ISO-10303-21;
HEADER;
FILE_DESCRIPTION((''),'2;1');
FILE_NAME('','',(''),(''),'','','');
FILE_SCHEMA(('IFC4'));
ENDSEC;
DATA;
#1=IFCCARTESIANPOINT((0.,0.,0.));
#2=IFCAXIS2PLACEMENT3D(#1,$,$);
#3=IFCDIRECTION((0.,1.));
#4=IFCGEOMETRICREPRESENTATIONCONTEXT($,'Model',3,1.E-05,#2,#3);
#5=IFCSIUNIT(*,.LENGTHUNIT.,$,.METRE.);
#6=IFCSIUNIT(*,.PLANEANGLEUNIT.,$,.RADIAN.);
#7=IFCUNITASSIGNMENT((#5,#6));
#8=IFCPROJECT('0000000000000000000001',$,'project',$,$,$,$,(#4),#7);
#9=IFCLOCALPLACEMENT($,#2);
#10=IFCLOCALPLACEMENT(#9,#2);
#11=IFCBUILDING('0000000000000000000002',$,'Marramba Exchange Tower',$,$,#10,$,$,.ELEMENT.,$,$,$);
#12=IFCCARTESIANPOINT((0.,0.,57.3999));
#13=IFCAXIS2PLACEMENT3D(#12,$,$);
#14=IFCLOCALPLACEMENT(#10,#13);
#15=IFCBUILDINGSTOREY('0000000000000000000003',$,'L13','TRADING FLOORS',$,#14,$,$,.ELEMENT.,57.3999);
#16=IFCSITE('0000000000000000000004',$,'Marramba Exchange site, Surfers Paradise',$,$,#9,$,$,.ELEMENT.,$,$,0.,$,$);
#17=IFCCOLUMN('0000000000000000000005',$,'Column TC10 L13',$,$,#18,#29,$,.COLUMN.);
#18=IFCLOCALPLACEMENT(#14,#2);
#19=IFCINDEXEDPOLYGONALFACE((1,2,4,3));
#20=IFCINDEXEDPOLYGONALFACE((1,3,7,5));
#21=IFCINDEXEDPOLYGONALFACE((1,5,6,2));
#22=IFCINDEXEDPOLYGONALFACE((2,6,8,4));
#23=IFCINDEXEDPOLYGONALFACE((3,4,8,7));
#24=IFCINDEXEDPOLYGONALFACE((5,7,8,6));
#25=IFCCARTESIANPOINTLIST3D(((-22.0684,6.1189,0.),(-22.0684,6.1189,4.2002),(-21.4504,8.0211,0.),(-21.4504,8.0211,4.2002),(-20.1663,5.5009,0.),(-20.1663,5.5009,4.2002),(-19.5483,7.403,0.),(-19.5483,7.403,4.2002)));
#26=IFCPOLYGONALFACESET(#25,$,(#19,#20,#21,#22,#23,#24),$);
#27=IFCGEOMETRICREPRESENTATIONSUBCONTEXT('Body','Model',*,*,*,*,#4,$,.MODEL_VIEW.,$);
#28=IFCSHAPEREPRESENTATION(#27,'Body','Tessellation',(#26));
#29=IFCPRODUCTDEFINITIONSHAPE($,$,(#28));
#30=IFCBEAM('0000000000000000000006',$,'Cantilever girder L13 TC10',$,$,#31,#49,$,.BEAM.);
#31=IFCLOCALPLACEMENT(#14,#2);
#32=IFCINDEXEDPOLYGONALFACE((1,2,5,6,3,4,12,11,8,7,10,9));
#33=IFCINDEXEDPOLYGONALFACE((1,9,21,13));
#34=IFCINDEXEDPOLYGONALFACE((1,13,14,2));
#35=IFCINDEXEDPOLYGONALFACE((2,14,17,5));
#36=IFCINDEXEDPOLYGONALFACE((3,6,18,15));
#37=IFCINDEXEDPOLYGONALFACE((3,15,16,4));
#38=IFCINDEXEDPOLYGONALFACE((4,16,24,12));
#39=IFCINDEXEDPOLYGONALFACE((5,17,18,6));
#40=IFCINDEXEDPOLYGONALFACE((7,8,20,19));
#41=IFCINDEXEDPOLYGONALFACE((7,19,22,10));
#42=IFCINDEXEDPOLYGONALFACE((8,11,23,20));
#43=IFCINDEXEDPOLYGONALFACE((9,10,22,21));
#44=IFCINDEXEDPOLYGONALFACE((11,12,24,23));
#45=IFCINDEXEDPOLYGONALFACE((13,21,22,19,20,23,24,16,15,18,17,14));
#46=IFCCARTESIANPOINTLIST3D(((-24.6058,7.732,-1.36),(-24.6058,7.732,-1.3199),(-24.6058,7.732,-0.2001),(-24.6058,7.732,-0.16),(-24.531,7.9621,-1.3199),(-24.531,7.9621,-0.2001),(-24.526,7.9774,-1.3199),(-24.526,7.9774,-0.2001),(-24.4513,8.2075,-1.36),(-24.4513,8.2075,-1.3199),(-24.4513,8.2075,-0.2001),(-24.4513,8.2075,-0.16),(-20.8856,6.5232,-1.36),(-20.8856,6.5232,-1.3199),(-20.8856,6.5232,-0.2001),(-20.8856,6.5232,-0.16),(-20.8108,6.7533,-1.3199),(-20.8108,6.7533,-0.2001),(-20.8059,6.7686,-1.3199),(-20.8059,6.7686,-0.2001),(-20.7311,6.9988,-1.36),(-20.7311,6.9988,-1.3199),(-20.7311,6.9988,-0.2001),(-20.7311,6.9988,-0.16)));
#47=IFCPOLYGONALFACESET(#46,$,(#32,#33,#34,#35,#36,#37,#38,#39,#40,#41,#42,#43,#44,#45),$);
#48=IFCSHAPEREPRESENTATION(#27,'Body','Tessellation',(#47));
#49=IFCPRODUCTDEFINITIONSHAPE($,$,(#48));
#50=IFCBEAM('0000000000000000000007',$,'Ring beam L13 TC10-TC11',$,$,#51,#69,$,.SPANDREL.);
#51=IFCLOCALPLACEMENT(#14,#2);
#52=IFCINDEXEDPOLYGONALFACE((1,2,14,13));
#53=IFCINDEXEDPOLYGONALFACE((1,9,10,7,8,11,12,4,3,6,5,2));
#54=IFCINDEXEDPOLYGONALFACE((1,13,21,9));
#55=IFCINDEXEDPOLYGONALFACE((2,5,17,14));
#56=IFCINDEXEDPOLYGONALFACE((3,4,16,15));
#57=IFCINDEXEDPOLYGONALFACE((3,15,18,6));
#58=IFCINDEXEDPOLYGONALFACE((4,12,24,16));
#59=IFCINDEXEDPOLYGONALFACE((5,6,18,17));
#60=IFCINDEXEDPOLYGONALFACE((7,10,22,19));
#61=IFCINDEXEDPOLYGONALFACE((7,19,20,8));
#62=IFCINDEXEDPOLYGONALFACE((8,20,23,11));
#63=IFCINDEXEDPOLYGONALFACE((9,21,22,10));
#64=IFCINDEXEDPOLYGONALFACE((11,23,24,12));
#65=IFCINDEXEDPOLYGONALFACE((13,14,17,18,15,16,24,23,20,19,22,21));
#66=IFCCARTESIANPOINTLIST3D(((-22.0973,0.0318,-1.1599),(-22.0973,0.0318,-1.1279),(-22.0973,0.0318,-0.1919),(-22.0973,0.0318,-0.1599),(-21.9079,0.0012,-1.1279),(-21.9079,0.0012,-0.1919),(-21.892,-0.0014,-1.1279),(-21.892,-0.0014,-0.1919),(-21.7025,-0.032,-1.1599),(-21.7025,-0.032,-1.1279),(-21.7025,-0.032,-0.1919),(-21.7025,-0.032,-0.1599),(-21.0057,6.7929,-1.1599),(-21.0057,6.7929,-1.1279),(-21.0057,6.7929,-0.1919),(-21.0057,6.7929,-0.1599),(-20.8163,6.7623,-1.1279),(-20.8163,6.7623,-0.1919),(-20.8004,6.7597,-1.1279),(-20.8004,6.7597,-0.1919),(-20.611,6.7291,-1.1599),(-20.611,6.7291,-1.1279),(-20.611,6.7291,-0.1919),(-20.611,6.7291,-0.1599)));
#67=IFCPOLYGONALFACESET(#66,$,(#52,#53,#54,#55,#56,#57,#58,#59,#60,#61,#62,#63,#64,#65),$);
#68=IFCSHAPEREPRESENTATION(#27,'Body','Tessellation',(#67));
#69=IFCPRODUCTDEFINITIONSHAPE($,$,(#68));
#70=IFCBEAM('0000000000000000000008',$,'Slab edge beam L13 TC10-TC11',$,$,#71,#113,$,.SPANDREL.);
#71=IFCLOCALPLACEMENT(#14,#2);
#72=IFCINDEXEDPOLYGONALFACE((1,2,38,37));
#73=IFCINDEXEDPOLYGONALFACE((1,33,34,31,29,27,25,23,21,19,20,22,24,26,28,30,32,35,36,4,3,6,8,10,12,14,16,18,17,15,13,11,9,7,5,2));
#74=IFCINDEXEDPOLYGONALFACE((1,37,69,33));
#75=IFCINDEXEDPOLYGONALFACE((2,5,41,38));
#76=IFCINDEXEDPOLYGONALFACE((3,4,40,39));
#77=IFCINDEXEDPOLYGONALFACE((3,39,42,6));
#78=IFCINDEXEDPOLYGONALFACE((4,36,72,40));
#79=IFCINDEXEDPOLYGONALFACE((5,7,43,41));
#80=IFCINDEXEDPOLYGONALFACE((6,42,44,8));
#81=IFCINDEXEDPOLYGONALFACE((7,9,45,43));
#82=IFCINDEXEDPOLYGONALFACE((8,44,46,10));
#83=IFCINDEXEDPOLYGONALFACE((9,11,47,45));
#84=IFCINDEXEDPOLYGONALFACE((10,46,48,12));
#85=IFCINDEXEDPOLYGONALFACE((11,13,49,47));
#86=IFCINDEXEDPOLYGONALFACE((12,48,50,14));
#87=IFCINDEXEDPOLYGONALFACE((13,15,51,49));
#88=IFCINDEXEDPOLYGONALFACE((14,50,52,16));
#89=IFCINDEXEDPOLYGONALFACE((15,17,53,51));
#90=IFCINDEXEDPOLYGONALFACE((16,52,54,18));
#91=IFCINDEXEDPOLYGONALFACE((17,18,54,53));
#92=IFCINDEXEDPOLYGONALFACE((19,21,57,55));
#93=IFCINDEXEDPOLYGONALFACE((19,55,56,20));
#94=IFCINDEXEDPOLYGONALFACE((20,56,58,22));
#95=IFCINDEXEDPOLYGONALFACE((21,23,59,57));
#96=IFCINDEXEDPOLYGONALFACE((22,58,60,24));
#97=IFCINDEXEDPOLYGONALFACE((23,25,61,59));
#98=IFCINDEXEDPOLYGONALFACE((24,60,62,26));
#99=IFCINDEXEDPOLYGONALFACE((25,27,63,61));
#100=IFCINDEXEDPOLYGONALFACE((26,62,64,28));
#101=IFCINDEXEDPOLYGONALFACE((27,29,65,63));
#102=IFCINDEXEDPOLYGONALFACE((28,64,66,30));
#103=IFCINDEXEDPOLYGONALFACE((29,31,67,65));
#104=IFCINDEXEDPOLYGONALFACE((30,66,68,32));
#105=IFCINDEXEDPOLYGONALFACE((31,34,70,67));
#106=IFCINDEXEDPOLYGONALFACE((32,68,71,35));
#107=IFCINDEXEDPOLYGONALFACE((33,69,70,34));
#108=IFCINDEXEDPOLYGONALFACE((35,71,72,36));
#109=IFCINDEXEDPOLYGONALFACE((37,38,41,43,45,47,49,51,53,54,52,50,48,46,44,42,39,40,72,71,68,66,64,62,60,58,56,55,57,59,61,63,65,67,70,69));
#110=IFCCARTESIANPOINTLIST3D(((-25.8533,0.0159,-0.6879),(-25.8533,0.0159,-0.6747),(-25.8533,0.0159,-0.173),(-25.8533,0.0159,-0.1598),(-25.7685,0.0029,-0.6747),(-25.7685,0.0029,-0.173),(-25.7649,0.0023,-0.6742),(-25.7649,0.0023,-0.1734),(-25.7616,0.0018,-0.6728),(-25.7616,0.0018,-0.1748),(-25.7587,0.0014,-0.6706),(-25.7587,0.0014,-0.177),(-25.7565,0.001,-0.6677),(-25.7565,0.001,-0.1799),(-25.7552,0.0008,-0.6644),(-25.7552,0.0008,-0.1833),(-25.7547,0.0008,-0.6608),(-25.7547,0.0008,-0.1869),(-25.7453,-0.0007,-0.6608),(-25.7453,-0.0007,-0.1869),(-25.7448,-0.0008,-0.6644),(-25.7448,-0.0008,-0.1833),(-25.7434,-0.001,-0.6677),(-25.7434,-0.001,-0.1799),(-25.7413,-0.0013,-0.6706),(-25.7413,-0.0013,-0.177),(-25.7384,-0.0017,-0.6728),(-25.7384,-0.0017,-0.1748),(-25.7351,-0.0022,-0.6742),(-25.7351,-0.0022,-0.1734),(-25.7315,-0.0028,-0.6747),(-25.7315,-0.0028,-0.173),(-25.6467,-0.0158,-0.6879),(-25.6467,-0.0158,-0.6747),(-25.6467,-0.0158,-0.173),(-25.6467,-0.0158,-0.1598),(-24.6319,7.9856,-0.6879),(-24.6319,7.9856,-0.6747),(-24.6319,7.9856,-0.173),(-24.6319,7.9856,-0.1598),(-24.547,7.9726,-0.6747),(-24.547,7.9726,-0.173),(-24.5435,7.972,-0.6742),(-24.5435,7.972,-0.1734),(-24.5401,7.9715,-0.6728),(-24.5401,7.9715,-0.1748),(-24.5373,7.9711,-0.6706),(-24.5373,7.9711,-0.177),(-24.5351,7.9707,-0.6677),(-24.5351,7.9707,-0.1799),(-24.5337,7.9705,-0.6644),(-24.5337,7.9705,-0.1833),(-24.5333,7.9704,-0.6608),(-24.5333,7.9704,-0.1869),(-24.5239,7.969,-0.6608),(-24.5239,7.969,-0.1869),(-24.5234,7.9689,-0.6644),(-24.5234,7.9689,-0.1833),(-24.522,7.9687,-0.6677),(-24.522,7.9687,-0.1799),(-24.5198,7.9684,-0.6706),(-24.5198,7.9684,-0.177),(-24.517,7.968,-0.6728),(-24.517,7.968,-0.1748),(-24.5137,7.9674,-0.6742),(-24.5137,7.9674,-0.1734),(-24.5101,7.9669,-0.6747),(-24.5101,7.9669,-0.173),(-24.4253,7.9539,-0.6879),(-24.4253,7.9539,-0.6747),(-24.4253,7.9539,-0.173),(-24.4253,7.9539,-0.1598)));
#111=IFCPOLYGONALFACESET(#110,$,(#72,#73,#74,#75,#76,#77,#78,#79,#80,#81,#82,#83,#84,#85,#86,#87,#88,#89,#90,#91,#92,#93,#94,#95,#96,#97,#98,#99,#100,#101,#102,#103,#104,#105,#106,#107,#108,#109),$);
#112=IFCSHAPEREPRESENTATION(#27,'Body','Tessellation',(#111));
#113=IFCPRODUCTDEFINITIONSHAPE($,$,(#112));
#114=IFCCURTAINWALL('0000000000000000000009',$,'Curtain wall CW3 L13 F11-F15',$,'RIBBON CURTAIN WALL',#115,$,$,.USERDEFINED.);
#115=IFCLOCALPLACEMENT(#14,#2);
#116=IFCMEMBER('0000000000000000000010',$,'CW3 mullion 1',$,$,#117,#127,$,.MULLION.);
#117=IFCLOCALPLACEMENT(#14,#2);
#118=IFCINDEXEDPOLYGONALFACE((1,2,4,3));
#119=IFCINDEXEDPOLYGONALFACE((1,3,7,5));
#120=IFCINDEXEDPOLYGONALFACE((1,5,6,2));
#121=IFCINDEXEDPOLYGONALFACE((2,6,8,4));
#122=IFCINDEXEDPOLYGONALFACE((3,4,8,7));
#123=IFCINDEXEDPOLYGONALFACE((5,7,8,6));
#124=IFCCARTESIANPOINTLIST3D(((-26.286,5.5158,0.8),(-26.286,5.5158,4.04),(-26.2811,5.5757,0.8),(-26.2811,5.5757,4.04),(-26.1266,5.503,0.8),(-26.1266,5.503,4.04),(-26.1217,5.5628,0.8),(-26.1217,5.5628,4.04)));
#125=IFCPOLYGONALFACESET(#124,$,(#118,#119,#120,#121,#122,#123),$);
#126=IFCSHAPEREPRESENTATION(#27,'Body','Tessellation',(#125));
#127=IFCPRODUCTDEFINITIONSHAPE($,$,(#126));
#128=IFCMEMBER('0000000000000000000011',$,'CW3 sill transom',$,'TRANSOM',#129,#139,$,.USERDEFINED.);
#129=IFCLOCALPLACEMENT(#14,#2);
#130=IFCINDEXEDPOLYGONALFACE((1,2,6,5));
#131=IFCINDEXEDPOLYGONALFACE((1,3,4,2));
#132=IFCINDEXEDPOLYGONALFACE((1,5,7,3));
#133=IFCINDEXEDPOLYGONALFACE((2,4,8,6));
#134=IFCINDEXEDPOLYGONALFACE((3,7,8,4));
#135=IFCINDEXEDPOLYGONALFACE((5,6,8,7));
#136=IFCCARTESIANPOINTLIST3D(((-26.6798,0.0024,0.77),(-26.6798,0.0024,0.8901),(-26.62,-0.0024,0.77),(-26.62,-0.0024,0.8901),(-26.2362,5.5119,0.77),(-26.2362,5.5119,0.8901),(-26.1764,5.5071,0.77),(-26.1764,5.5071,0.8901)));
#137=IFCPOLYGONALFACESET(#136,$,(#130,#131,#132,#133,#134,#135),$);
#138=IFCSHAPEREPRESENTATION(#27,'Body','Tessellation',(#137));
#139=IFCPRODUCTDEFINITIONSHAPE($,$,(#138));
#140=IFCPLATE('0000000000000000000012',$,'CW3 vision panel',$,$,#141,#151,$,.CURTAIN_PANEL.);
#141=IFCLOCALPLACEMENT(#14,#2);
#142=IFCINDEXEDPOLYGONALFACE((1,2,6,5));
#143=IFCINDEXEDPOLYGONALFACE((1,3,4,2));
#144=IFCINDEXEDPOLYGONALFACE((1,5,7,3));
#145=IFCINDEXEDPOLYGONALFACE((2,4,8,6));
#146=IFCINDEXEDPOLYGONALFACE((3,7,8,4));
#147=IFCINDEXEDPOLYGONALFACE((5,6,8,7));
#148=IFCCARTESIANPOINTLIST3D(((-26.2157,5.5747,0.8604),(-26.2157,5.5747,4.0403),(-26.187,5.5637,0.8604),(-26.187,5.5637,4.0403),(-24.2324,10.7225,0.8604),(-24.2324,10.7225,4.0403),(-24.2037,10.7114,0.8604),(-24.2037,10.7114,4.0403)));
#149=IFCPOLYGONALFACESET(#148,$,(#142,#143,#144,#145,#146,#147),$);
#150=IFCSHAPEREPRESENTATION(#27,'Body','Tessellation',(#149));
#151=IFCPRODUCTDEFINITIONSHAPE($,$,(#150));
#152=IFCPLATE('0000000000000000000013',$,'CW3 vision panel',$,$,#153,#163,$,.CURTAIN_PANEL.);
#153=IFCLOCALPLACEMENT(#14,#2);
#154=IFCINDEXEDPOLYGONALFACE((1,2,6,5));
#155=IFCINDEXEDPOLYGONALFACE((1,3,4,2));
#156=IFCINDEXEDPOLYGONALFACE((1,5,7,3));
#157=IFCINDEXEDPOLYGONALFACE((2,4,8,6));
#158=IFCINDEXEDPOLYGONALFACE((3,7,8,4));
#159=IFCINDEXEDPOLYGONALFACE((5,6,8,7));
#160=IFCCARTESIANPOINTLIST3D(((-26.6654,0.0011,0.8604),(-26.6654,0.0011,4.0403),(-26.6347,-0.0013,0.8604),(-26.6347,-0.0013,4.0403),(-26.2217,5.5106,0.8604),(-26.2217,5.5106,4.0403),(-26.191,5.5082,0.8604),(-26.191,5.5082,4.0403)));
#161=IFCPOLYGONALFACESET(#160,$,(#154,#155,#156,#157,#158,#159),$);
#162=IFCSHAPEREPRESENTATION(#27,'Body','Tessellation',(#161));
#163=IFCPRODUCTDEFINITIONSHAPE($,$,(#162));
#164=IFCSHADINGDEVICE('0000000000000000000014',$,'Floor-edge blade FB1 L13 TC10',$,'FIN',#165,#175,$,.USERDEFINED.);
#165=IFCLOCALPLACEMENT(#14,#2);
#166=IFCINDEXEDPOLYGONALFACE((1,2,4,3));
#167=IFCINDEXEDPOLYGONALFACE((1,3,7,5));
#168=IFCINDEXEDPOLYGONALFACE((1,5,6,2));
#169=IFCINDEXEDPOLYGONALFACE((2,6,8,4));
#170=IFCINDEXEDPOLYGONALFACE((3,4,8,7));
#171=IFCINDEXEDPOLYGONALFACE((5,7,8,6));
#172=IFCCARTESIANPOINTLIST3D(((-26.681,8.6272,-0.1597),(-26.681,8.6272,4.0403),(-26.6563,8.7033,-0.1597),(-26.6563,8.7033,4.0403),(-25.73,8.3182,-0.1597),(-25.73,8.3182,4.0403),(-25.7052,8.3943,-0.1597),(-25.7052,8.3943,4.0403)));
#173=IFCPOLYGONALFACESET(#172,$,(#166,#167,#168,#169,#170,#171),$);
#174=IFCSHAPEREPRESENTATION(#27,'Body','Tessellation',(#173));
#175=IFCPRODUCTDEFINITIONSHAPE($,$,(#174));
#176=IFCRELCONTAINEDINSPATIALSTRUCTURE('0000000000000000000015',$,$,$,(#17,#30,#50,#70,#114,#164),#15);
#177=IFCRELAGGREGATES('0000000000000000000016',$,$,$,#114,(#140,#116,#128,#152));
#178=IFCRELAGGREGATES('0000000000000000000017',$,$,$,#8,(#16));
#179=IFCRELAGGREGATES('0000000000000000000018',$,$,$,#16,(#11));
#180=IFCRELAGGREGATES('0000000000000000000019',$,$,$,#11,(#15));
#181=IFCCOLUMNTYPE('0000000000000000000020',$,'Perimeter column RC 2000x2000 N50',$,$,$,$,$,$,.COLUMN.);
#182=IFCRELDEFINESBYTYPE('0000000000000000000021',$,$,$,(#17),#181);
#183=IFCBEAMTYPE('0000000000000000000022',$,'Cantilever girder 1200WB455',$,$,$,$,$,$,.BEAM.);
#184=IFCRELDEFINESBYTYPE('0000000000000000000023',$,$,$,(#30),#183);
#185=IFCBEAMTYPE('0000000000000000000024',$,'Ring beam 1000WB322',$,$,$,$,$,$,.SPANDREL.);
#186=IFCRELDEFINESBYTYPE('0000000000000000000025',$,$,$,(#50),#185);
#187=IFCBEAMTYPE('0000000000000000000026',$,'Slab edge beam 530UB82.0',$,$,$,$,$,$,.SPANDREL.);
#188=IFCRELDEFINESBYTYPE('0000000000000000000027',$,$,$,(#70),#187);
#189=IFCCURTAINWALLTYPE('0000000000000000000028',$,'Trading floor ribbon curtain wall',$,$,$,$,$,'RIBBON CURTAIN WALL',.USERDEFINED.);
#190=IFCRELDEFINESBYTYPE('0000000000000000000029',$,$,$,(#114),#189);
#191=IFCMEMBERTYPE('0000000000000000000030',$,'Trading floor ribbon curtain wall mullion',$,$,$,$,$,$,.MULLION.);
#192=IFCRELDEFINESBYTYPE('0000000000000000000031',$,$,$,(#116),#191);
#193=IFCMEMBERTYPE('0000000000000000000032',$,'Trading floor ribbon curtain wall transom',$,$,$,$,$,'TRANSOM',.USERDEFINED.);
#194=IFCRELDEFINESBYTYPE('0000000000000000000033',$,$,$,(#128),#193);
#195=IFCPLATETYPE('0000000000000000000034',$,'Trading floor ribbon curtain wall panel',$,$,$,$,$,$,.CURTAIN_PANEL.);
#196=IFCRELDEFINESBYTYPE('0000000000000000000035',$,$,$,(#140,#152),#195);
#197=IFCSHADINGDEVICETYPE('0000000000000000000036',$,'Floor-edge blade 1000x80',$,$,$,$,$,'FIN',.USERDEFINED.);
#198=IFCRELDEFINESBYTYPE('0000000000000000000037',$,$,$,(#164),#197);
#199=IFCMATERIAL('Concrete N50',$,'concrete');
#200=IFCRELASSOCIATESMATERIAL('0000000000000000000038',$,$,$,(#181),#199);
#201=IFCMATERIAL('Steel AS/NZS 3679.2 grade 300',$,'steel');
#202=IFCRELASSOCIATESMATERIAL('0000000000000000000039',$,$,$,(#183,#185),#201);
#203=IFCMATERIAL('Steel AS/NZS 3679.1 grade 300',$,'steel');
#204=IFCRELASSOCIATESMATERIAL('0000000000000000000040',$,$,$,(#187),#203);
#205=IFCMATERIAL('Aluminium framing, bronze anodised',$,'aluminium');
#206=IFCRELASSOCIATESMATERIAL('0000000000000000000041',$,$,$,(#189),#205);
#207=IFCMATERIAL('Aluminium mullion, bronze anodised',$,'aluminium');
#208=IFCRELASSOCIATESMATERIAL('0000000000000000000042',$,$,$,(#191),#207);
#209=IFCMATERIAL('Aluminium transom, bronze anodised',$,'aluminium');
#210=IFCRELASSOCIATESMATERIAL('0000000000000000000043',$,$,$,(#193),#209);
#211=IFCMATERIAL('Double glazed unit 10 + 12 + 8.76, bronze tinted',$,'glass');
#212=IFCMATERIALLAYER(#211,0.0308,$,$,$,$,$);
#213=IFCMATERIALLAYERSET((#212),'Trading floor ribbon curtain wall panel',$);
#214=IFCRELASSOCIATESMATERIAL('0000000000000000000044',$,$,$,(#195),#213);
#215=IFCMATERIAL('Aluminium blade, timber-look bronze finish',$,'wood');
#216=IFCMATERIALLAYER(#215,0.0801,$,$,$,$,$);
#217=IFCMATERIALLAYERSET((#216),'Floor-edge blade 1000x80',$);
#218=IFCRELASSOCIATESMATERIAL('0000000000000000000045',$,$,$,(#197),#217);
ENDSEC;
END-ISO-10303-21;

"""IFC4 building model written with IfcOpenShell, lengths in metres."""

from ifc_helpers import new_model, si_unit, direction, frame, origin, origin_2d, place, context, subcontext, project, spatial, rectangle, i_section, extrude, material, layer, layer_set, material_profile, profile_set, type_object, element, aggregate, save


model = new_model("IFC4")

# Units and contexts
model_context = context("Model", 3, precision=1e-05, world=origin(), true_north=direction((0.0, 1.0)))
body_context = subcontext(model_context, "Body", "Model", "MODEL_VIEW")
ifc_project = project(units=[si_unit("LENGTHUNIT", "METRE"), si_unit("PLANEANGLEUNIT", "RADIAN")], contexts=[model_context])

# Site, building, storey
site_placement = place(None, origin())
site = spatial("IfcSite", under=ifc_project, at=site_placement, Name="Marramba Exchange site, Surfers Paradise", CompositionType="ELEMENT", RefElevation=0.0)
building_placement = place(site_placement, origin())
building = spatial("IfcBuilding", under=site, at=building_placement, Name="Marramba Exchange Tower", CompositionType="ELEMENT")
storey_placement = place(building_placement, frame((0.0, 0.0, 57.3999)))
storey = spatial("IfcBuildingStorey", under=building, at=storey_placement, Name="L13", Description="TRADING FLOORS", CompositionType="ELEMENT", Elevation=57.3999)

# Column
ifc_material_1 = material(Name="Concrete N50", Category="concrete")
ifc_material_profile_1 = material_profile(ifc_material_1, rectangle(XDim=2.0, YDim=2.0, at=origin_2d()), Name="RC 2000x2000")
ifc_profile_set_1 = profile_set([ifc_material_profile_1], Name="Concrete N50")
column_type = type_object("IfcColumnType", Name="Perimeter column RC 2000x2000 N50", PredefinedType="COLUMN", material=ifc_profile_set_1)
column_placement = place(storey_placement, frame((-20.8083, 6.761, 0.0), z_axis=(0.0, 0.0, 1.0), x_axis=(-0.951057, 0.309017, 0.0)))
element("IfcColumn", 1, at=column_placement, inside=storey, type_object=column_type, Name="Column TC10 L13", PredefinedType="COLUMN", context=body_context, shape_type="SweptSolid", body=[
    extrude(rectangle(XDim=2.0, YDim=2.0, at=origin_2d()), origin(), (0.0, 0.0, 1.0), 4.2002),
])

# Beams
ifc_material_2 = material(Name="Steel AS/NZS 3679.2 grade 300", Category="steel")
ifc_material_profile_2 = material_profile(ifc_material_2, i_section(OverallWidth=0.5, OverallDepth=1.2, WebThickness=0.0161, FlangeThickness=0.04, at=origin_2d()), Name="1200WB455")
ifc_profile_set_2 = profile_set([ifc_material_profile_2], Name="Steel AS/NZS 3679.2 grade 300")
beam_type_1 = type_object("IfcBeamType", Name="Cantilever girder 1200WB455", PredefinedType="BEAM", material=ifc_profile_set_2)
beam_1_placement = place(storey_placement, frame((-20.8083, 6.761, -0.76), z_axis=(-0.951059, 0.30901, 0.0), x_axis=(-0.30901, -0.951059, 0.0)))
element("IfcBeam", 2, at=beam_1_placement, inside=storey, type_object=beam_type_1, Name="Cantilever girder L13 TC10", PredefinedType="BEAM", context=body_context, shape_type="SweptSolid", body=[
    extrude(i_section(OverallWidth=0.5, OverallDepth=1.2, WebThickness=0.0161, FlangeThickness=0.04, at=origin_2d()), origin(), (0.0, 0.0, 1.0), 3.9116),
])
ifc_material_profile_3 = material_profile(ifc_material_2, i_section(OverallWidth=0.3999, OverallDepth=1.0, WebThickness=0.0161, FlangeThickness=0.032, at=origin_2d()), Name="1000WB322")
ifc_profile_set_3 = profile_set([ifc_material_profile_3], Name="Steel AS/NZS 3679.2 grade 300")
beam_type_2 = type_object("IfcBeamType", Name="Ring beam 1000WB322", PredefinedType="SPANDREL", material=ifc_profile_set_3)
beam_2_placement = place(storey_placement, frame((-20.8083, 6.761, -0.6599), z_axis=(-0.159385, -0.987217, 0.0), x_axis=(0.987217, -0.159385, 0.0)))
element("IfcBeam", 3, at=beam_2_placement, inside=storey, type_object=beam_type_2, Name="Ring beam L13 TC10-TC11", PredefinedType="SPANDREL", context=body_context, shape_type="SweptSolid", body=[
    extrude(i_section(OverallWidth=0.3999, OverallDepth=1.0, WebThickness=0.0161, FlangeThickness=0.032, at=origin_2d()), origin(), (0.0, 0.0, 1.0), 6.8486),
])
ifc_material_3 = material(Name="Steel AS/NZS 3679.1 grade 300", Category="steel")
ifc_material_profile_4 = material_profile(ifc_material_3, i_section(OverallWidth=0.209, OverallDepth=0.5281, WebThickness=0.0095, FlangeThickness=0.0132, FilletRadius=0.0139, at=origin_2d()), Name="530UB82.0")
ifc_profile_set_4 = profile_set([ifc_material_profile_4], Name="Steel AS/NZS 3679.1 grade 300")
beam_type_3 = type_object("IfcBeamType", Name="Slab edge beam 530UB82.0", PredefinedType="SPANDREL", material=ifc_profile_set_4)
beam_3_placement = place(storey_placement, frame((-24.5286, 7.9697, -0.4238), z_axis=(-0.151491, -0.988459, 0.0), x_axis=(0.988459, -0.151491, 0.0)))
element("IfcBeam", 4, at=beam_3_placement, inside=storey, type_object=beam_type_3, Name="Slab edge beam L13 TC10-TC11", PredefinedType="SPANDREL", context=body_context, shape_type="SweptSolid", body=[
    extrude(i_section(OverallWidth=0.209, OverallDepth=0.5281, WebThickness=0.0095, FlangeThickness=0.0132, FilletRadius=0.0139, at=origin_2d()), origin(), (0.0, 0.0, 1.0), 8.0627),
])

# Curtain wall, members, plates
ifc_material_4 = material(Name="Aluminium framing, bronze anodised", Category="aluminium")
curtain_wall_type = type_object("IfcCurtainWallType", Name="Trading floor ribbon curtain wall", ElementType="RIBBON CURTAIN WALL", PredefinedType="USERDEFINED", material=ifc_material_4)
curtain_wall_placement = place(storey_placement, origin())
curtain_wall = element("IfcCurtainWall", 5, at=curtain_wall_placement, inside=storey, type_object=curtain_wall_type, Name="Curtain wall CW3 L13 F11-F15", ObjectType="RIBBON CURTAIN WALL", PredefinedType="USERDEFINED")
ifc_material_5 = material(Name="Aluminium mullion, bronze anodised", Category="aluminium")
ifc_material_profile_5 = material_profile(ifc_material_5, rectangle(XDim=0.1599, YDim=0.0601, at=origin_2d()), Name="CW3 mullion 60x160")
ifc_profile_set_5 = profile_set([ifc_material_profile_5], Name="Aluminium mullion, bronze anodised")
member_type_1 = type_object("IfcMemberType", Name="Trading floor ribbon curtain wall mullion", PredefinedType="MULLION", material=ifc_profile_set_5)
member_1_placement = place(storey_placement, frame((-26.2039, 5.5393, 0.8), z_axis=(0.0, 0.0, 1.0), x_axis=(0.996773, -0.080275, 0.0)))
member_1 = element("IfcMember", 6, at=member_1_placement, type_object=member_type_1, Name="CW3 mullion 1", PredefinedType="MULLION", context=body_context, shape_type="SweptSolid", body=[
    extrude(rectangle(XDim=0.1599, YDim=0.0601, at=origin_2d()), origin(), (0.0, 0.0, 1.0), 3.24),
])
ifc_material_6 = material(Name="Aluminium transom, bronze anodised", Category="aluminium")
ifc_material_profile_6 = material_profile(ifc_material_6, rectangle(XDim=0.0601, YDim=0.1201, at=origin_2d()), Name="CW3 transom 60x120")
ifc_profile_set_6 = profile_set([ifc_material_profile_6], Name="Aluminium transom, bronze anodised")
member_type_2 = type_object("IfcMemberType", Name="Trading floor ribbon curtain wall transom", ElementType="TRANSOM", PredefinedType="USERDEFINED", material=ifc_profile_set_6)
member_2_placement = place(storey_placement, frame((-26.2063, 5.5095, 0.8301), z_axis=(-0.080256, -0.996774, 0.0), x_axis=(0.996774, -0.080256, 0.0)))
member_2 = element("IfcMember", 7, at=member_2_placement, type_object=member_type_2, Name="CW3 sill transom", ObjectType="TRANSOM", PredefinedType="USERDEFINED", context=body_context, shape_type="SweptSolid", body=[
    extrude(rectangle(XDim=0.0601, YDim=0.1201, at=origin_2d()), origin(), (0.0, 0.0, 1.0), 5.5273),
])
ifc_material_7 = material(Name="Double glazed unit 10 + 12 + 8.76, bronze tinted", Category="glass")
ifc_layer_1 = layer(ifc_material_7, 0.0308)
ifc_layer_set_1 = layer_set([ifc_layer_1], Name="Trading floor ribbon curtain wall panel")
plate_type = type_object("IfcPlateType", Name="Trading floor ribbon curtain wall panel", PredefinedType="CURTAIN_PANEL", material=ifc_layer_set_1)
plate_1_placement = place(storey_placement, frame((-25.2097, 8.1431, 0.8604), z_axis=(0.0, 0.0, 1.0), x_axis=(-0.359526, -0.933135, 0.0)))
plate_1 = element("IfcPlate", 8, at=plate_1_placement, type_object=plate_type, Name="CW3 vision panel", PredefinedType="CURTAIN_PANEL", context=body_context, shape_type="SweptSolid", body=[
    extrude(rectangle(XDim=5.5166, YDim=0.0308, at=origin_2d()), origin(), (0.0, 0.0, 1.0), 3.1799),
])
plate_2_placement = place(storey_placement, frame((-26.4282, 2.7546, 0.8604), z_axis=(0.0, 0.0, 1.0), x_axis=(-0.080275, -0.996773, 0.0)))
plate_2 = element("IfcPlate", 9, at=plate_2_placement, type_object=plate_type, Name="CW3 vision panel", PredefinedType="CURTAIN_PANEL", context=body_context, shape_type="SweptSolid", body=[
    extrude(rectangle(XDim=5.5273, YDim=0.0308, at=origin_2d()), origin(), (0.0, 0.0, 1.0), 3.1799),
])
aggregate(curtain_wall, [plate_1, member_1, member_2, plate_2])

# Shading device
ifc_material_8 = material(Name="Aluminium blade, timber-look bronze finish", Category="wood")
ifc_layer_2 = layer(ifc_material_8, 0.0801)
ifc_layer_set_2 = layer_set([ifc_layer_2], Name="Floor-edge blade 1000x80")
shading_device_type_1 = type_object("IfcShadingDeviceType", Name="Floor-edge blade 1000x80", ElementType="FIN", PredefinedType="USERDEFINED", material=ifc_layer_set_2)
shading_device_1_placement = place(storey_placement, frame((-26.1931, 8.5107, -0.1597), z_axis=(0.0, 0.0, 1.0), x_axis=(-0.951057, 0.309017, 0.0)))
element("IfcShadingDevice", 10, at=shading_device_1_placement, inside=storey, type_object=shading_device_type_1, Name="Floor-edge blade FB1 L13 TC10", ObjectType="FIN", PredefinedType="USERDEFINED", context=body_context, shape_type="SweptSolid", body=[
    extrude(rectangle(XDim=1.0, YDim=0.0801, at=origin_2d()), origin(), (0.0, 0.0, 1.0), 4.2),
])

save(model, "model.ifc")
